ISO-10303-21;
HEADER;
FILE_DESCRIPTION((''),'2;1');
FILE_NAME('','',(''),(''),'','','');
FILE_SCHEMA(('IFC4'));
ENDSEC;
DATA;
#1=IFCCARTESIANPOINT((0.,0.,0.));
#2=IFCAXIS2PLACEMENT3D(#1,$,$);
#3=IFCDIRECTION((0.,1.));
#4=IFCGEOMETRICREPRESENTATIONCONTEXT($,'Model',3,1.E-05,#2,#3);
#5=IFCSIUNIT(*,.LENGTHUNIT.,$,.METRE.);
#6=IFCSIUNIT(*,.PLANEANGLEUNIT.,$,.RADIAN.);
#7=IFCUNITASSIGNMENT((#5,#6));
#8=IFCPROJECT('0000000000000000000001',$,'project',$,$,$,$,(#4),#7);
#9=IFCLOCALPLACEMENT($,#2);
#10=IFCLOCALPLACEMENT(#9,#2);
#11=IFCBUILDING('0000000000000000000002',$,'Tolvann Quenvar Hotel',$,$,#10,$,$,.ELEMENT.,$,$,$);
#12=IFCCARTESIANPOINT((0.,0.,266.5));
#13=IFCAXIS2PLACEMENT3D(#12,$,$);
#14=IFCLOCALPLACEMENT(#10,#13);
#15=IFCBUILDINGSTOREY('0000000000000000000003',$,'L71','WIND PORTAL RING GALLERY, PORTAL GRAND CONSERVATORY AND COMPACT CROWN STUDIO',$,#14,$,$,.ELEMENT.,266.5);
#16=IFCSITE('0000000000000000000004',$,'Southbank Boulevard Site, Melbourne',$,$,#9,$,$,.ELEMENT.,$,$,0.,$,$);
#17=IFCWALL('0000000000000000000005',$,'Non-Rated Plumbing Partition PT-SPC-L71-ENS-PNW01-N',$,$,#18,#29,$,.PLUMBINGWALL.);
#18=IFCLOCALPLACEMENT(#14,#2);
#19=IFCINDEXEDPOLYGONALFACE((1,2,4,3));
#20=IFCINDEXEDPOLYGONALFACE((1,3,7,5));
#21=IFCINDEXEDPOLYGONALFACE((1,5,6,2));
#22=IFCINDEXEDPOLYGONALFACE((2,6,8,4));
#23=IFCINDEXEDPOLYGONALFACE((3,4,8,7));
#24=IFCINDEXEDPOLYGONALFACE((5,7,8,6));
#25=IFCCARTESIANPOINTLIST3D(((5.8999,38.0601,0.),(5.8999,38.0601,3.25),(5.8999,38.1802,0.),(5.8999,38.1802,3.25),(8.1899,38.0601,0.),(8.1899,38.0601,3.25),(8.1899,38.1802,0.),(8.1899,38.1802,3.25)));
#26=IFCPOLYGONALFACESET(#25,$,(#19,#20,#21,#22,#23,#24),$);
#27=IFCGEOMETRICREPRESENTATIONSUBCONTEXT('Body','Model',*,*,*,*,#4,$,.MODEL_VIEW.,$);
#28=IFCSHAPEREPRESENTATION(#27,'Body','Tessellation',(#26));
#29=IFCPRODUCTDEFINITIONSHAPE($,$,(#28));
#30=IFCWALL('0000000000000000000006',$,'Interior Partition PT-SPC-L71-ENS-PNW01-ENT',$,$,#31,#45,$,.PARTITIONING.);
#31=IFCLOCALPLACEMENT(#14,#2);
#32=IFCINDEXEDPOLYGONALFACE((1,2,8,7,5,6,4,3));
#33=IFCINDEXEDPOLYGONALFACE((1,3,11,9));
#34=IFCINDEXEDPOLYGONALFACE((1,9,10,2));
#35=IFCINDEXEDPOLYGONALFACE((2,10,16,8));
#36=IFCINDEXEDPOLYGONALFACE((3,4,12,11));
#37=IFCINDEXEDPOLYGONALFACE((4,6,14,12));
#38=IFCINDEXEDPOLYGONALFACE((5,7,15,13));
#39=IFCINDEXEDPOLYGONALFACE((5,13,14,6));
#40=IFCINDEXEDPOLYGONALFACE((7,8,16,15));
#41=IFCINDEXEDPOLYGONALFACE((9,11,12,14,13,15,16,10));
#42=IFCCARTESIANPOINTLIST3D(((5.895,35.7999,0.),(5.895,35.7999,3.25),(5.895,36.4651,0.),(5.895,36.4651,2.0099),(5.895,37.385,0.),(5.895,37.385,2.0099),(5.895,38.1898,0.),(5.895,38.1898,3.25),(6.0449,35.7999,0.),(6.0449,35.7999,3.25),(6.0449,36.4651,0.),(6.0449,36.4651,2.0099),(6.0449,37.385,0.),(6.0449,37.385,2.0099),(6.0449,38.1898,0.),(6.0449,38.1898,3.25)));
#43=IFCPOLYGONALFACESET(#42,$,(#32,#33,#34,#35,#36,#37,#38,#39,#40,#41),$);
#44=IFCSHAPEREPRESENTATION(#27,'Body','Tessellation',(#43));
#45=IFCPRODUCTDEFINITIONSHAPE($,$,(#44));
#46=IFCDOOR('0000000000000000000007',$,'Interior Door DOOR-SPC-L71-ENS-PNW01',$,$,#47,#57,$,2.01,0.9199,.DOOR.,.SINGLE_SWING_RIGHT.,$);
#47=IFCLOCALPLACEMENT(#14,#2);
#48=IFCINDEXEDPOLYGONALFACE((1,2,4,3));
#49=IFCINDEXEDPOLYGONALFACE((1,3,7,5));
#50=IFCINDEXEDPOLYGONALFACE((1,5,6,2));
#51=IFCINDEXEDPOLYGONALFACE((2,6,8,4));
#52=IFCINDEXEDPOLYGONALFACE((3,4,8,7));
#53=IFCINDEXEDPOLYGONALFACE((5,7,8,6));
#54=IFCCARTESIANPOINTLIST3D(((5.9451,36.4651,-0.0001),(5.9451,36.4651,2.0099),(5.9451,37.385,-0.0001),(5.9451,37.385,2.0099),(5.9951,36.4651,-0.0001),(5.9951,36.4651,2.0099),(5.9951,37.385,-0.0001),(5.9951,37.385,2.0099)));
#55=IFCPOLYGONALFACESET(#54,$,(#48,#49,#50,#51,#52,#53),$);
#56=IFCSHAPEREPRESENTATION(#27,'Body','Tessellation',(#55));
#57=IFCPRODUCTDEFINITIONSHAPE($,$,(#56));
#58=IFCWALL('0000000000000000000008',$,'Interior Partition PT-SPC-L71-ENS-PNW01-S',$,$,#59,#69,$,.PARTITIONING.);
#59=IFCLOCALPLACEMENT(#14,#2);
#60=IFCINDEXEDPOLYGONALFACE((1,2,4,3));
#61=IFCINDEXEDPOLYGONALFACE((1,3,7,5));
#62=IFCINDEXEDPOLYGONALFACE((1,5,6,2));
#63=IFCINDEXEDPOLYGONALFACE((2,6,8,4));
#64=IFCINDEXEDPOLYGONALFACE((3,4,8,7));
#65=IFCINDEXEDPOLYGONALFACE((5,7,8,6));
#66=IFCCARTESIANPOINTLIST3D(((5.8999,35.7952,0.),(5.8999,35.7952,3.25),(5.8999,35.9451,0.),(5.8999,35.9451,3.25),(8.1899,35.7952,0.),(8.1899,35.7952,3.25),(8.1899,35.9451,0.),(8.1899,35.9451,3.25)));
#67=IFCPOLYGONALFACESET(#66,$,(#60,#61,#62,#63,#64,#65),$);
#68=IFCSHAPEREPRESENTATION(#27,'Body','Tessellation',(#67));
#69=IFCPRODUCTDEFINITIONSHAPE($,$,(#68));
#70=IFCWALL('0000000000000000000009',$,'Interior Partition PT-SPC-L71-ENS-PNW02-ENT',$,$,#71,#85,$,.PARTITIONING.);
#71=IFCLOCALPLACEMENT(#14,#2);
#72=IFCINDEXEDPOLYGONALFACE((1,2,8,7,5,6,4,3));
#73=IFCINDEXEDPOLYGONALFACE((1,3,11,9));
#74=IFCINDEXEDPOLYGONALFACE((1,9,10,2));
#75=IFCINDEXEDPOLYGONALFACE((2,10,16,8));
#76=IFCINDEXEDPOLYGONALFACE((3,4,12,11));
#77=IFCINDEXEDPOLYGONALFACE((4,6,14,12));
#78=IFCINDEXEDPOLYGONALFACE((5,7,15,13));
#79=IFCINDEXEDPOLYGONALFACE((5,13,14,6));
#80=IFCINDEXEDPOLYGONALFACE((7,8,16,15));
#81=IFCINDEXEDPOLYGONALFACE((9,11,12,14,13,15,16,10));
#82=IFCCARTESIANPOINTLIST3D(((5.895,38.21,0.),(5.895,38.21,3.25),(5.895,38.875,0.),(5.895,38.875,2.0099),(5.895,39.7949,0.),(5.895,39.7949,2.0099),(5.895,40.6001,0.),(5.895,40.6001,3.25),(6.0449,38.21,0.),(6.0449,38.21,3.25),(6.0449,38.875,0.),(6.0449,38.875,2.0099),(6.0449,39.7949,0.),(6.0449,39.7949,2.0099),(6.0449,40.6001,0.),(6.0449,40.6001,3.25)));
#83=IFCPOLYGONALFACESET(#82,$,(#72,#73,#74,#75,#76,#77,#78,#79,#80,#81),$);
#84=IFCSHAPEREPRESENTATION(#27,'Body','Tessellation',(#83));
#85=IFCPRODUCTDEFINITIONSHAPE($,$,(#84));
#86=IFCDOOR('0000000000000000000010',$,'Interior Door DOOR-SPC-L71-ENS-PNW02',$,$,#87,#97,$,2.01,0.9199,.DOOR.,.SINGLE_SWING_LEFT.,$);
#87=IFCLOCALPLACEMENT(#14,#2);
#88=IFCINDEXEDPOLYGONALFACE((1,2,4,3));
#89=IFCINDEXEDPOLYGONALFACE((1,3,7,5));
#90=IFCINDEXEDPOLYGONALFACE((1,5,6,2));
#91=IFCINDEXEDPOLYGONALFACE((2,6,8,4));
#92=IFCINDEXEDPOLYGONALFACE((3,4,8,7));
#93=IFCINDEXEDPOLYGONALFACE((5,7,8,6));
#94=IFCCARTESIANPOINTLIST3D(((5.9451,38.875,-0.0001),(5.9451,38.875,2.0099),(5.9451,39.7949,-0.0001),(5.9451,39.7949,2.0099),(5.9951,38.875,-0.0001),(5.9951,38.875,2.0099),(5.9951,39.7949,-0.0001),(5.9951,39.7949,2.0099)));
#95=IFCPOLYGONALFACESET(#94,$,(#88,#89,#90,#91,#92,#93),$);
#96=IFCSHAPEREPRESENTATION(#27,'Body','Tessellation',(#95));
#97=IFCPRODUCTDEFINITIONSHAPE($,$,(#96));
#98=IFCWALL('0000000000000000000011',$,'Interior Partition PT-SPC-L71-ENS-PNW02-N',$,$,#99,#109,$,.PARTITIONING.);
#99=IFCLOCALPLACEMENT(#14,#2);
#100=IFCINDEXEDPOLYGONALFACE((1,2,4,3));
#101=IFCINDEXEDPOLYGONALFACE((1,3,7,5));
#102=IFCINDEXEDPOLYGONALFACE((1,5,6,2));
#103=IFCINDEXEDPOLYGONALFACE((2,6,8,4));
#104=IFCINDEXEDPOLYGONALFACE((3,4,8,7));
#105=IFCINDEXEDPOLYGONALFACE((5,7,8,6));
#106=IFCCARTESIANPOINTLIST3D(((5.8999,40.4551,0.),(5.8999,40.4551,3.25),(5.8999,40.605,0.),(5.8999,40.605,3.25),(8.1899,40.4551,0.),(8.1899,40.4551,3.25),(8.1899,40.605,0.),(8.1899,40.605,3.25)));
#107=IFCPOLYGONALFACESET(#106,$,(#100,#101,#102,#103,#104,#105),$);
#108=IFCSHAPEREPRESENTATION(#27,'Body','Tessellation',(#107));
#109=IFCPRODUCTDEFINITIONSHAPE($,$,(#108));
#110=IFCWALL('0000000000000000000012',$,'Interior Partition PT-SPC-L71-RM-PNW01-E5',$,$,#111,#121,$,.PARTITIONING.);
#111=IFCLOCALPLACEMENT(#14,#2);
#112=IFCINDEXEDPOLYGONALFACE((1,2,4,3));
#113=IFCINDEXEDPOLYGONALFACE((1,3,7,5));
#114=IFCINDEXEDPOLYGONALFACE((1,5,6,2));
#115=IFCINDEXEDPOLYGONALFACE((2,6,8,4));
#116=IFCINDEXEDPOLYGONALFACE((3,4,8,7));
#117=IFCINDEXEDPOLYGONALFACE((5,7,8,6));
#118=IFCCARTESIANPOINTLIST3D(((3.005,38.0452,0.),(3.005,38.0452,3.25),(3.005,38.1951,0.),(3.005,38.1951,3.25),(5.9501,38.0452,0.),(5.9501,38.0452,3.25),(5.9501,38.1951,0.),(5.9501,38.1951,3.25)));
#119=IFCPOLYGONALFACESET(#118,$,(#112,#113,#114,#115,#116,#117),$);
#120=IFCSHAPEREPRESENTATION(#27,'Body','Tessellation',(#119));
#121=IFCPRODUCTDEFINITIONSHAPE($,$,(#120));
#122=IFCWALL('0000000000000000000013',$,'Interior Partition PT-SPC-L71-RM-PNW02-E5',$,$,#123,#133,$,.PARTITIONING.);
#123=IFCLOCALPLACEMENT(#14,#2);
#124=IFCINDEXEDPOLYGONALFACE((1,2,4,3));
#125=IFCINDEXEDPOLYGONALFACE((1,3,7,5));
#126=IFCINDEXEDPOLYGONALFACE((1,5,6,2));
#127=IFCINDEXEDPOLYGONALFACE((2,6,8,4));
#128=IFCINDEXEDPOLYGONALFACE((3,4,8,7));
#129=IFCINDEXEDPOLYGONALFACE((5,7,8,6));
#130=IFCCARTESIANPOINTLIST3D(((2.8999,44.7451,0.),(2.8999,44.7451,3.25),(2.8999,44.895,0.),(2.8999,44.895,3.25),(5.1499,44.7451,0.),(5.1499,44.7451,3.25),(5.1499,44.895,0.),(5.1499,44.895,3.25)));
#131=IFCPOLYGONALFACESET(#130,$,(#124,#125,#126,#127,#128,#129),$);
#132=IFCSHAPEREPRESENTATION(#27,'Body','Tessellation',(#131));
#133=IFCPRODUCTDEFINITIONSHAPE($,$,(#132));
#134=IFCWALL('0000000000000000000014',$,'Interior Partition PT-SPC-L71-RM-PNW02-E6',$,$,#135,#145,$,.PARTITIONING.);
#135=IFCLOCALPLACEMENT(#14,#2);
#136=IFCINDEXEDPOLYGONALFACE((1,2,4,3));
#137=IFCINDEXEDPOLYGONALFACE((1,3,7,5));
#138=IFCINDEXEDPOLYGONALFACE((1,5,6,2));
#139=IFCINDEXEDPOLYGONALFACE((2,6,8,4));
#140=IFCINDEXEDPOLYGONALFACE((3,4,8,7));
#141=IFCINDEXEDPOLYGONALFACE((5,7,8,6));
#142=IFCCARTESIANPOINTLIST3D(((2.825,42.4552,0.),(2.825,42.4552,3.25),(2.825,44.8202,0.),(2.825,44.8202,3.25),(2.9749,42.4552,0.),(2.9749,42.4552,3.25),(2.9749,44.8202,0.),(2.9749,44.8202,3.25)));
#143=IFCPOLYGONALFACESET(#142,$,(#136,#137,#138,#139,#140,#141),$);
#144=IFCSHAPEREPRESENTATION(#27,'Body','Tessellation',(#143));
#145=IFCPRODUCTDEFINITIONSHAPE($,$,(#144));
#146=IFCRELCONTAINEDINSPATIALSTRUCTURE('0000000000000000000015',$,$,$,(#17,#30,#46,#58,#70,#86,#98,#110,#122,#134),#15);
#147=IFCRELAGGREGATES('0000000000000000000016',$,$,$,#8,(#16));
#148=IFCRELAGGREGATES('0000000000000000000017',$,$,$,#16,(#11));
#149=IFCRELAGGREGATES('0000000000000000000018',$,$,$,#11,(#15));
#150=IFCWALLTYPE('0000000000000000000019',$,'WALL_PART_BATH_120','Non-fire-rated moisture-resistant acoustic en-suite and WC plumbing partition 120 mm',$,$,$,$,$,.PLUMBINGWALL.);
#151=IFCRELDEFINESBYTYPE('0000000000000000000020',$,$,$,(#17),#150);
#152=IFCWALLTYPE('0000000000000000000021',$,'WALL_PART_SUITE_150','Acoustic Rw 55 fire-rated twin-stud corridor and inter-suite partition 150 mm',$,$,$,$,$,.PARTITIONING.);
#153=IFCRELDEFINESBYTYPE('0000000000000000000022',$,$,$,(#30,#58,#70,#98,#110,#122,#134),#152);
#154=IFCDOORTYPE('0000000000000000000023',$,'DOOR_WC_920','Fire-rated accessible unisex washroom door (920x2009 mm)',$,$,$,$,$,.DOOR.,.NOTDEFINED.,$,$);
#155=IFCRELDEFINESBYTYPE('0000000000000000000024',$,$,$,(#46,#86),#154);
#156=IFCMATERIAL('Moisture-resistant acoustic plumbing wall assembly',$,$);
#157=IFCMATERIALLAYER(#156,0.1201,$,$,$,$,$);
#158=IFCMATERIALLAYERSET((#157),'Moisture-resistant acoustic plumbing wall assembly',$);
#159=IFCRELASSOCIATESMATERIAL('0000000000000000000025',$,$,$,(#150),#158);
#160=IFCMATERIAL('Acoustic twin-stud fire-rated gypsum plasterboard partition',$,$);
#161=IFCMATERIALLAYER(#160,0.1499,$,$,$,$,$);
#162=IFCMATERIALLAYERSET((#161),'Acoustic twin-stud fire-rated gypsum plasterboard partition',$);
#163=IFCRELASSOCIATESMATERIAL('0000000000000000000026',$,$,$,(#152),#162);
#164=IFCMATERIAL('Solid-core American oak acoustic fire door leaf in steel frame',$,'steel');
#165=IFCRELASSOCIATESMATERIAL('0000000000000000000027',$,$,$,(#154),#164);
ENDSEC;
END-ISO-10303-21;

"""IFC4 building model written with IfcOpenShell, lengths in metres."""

from ifc_helpers import new_model, si_unit, direction, frame, frame_2d, origin, place, context, subcontext, project, spatial, rectangle, extrude, source, transform, mapped, material, layer, layer_set, type_object, type_shapes, element, fill, save


model = new_model("IFC4")

# Units and contexts
model_context = context("Model", 3, precision=1e-05, world=origin(), true_north=direction((0.0, 1.0)))
body_context = subcontext(model_context, "Body", "Model", "MODEL_VIEW")
ifc_project = project(units=[si_unit("LENGTHUNIT", "METRE"), si_unit("PLANEANGLEUNIT", "RADIAN")], contexts=[model_context])

# Site, building, storey
site_placement = place(None, origin())
site = spatial("IfcSite", under=ifc_project, at=site_placement, Name="Southbank Boulevard Site, Melbourne", CompositionType="ELEMENT", RefElevation=0.0)
building_placement = place(site_placement, origin())
building = spatial("IfcBuilding", under=site, at=building_placement, Name="Tolvann Quenvar Hotel", CompositionType="ELEMENT")
storey_placement = place(building_placement, frame((0.0, 0.0, 266.5)))
storey = spatial("IfcBuildingStorey", under=building, at=storey_placement, Name="L71", Description="WIND PORTAL RING GALLERY, PORTAL GRAND CONSERVATORY AND COMPACT CROWN STUDIO", CompositionType="ELEMENT", Elevation=266.5)

# Wall
ifc_material_1 = material(Name="Moisture-resistant acoustic plumbing wall assembly")
ifc_layer_1 = layer(ifc_material_1, 0.1201)
ifc_layer_set_1 = layer_set([ifc_layer_1], Name="Moisture-resistant acoustic plumbing wall assembly")
wall_type_1 = type_object("IfcWallType", Name="WALL_PART_BATH_120", Description="Non-fire-rated moisture-resistant acoustic en-suite and WC plumbing partition 120 mm", PredefinedType="PLUMBINGWALL", material=ifc_layer_set_1)
wall_1_placement = place(storey_placement, frame((5.8999, 38.1201, 0.0), z_axis=(0.0, 0.0, 1.0), x_axis=(1.0, 0.0, 0.0)))
element("IfcWall", 1, at=wall_1_placement, inside=storey, type_object=wall_type_1, Name="Non-Rated Plumbing Partition PT-SPC-L71-ENS-PNW01-N", PredefinedType="PLUMBINGWALL", context=body_context, shape_type="SweptSolid", body=[
    extrude(rectangle(XDim=2.29, YDim=0.1201, at=frame_2d((1.145, 0.0))), origin(), (0.0, 0.0, 1.0), 3.25),
])

# Wall, opening, door
ifc_material_2 = material(Name="Acoustic twin-stud fire-rated gypsum plasterboard partition")
ifc_layer_2 = layer(ifc_material_2, 0.1499)
ifc_layer_set_2 = layer_set([ifc_layer_2], Name="Acoustic twin-stud fire-rated gypsum plasterboard partition")
wall_type_2 = type_object("IfcWallType", Name="WALL_PART_SUITE_150", Description="Acoustic Rw 55 fire-rated twin-stud corridor and inter-suite partition 150 mm", PredefinedType="PARTITIONING", material=ifc_layer_set_2)
wall_2_placement = place(storey_placement, frame((5.97, 35.8, 0.0), z_axis=(0.0, 0.0, 1.0), x_axis=(0.0, 1.0, 0.0)))
wall_2 = element("IfcWall", 2, at=wall_2_placement, inside=storey, type_object=wall_type_2, Name="Interior Partition PT-SPC-L71-ENS-PNW01-ENT", PredefinedType="PARTITIONING", context=body_context, shape_type="SweptSolid", body=[
    extrude(rectangle(XDim=2.3899, YDim=0.1499, at=frame_2d((1.1948, 0.0))), origin(), (0.0, 0.0, 1.0), 3.25),
])
opening_1_placement = place(wall_2_placement, frame((0.665, 0.0, 0.0)))
opening_1 = element("IfcOpeningElement", 3, at=opening_1_placement, cuts=wall_2, PredefinedType="OPENING", context=body_context, shape_type="SweptSolid", body=[
    extrude(rectangle(XDim=0.9199, YDim=2.01, at=frame_2d((0.46, 1.0049))), frame((0.0, 0.085, 0.0), z_axis=(0.0, -1.0, 0.0), x_axis=(1.0, 0.0, 0.0)), (0.0, 0.0, 1.0), 0.1699),
])
ifc_material_3 = material(Name="Solid-core American oak acoustic fire door leaf in steel frame", Category="steel")
door_type = type_object("IfcDoorType", Name="DOOR_WC_920", Description="Fire-rated accessible unisex washroom door (920x2009 mm)", OperationType="NOTDEFINED", PredefinedType="DOOR", material=ifc_material_3)
shared_shape_1 = source(origin(), body_context, "Body", "SweptSolid", [
    extrude(rectangle(XDim=0.9199, YDim=2.01, at=frame_2d((0.46, 1.0049))), frame((0.0, 0.0249, 0.0), z_axis=(0.0, -1.0, 0.0), x_axis=(1.0, 0.0, 0.0)), (0.0, 0.0, 1.0), 0.05),
])
type_shapes(door_type, [shared_shape_1])
door_1_placement = place(opening_1_placement, origin())
door_1 = element("IfcDoor", 4, at=door_1_placement, inside=storey, type_object=door_type, Name="Interior Door DOOR-SPC-L71-ENS-PNW01", OperationType="SINGLE_SWING_RIGHT", OverallHeight=2.01, OverallWidth=0.9199, PredefinedType="DOOR", context=body_context, shape_type="MappedRepresentation", body=[
    mapped(shared_shape_1, transform((0.0, 0.0, 0.0), x_axis=(1.0, 0.0, 0.0), y_axis=(0.0, 1.0, 0.0), z_axis=(0.0, 0.0, 1.0), scale=1.0)),
])
fill(opening_1, door_1)

# Wall
wall_3_placement = place(storey_placement, frame((5.8999, 35.8701, 0.0), z_axis=(0.0, 0.0, 1.0), x_axis=(1.0, 0.0, 0.0)))
element("IfcWall", 5, at=wall_3_placement, inside=storey, type_object=wall_type_2, Name="Interior Partition PT-SPC-L71-ENS-PNW01-S", PredefinedType="PARTITIONING", context=body_context, shape_type="SweptSolid", body=[
    extrude(rectangle(XDim=2.29, YDim=0.1499, at=frame_2d((1.145, 0.0))), origin(), (0.0, 0.0, 1.0), 3.25),
])

# Wall, opening, door
wall_4_placement = place(storey_placement, frame((5.97, 38.21, 0.0), z_axis=(0.0, 0.0, 1.0), x_axis=(0.0, 1.0, 0.0)))
wall_4 = element("IfcWall", 6, at=wall_4_placement, inside=storey, type_object=wall_type_2, Name="Interior Partition PT-SPC-L71-ENS-PNW02-ENT", PredefinedType="PARTITIONING", context=body_context, shape_type="SweptSolid", body=[
    extrude(rectangle(XDim=2.3901, YDim=0.1499, at=frame_2d((1.1951, 0.0))), origin(), (0.0, 0.0, 1.0), 3.25),
])
opening_2_placement = place(wall_4_placement, frame((0.665, 0.0, 0.0)))
opening_2 = element("IfcOpeningElement", 7, at=opening_2_placement, cuts=wall_4, PredefinedType="OPENING", context=body_context, shape_type="SweptSolid", body=[
    extrude(rectangle(XDim=0.9199, YDim=2.01, at=frame_2d((0.46, 1.0049))), frame((0.0, 0.085, 0.0), z_axis=(0.0, -1.0, 0.0), x_axis=(1.0, 0.0, 0.0)), (0.0, 0.0, 1.0), 0.1699),
])
door_2_placement = place(opening_2_placement, origin())
door_2 = element("IfcDoor", 8, at=door_2_placement, inside=storey, type_object=door_type, Name="Interior Door DOOR-SPC-L71-ENS-PNW02", OperationType="SINGLE_SWING_LEFT", OverallHeight=2.01, OverallWidth=0.9199, PredefinedType="DOOR", context=body_context, shape_type="MappedRepresentation", body=[
    mapped(shared_shape_1, transform((0.0, 0.0, 0.0), x_axis=(1.0, 0.0, 0.0), y_axis=(0.0, 1.0, 0.0), z_axis=(0.0, 0.0, 1.0), scale=1.0)),
])
fill(opening_2, door_2)

# Walls
wall_5_placement = place(storey_placement, frame((5.8999, 40.53, 0.0), z_axis=(0.0, 0.0, 1.0), x_axis=(1.0, 0.0, 0.0)))
element("IfcWall", 9, at=wall_5_placement, inside=storey, type_object=wall_type_2, Name="Interior Partition PT-SPC-L71-ENS-PNW02-N", PredefinedType="PARTITIONING", context=body_context, shape_type="SweptSolid", body=[
    extrude(rectangle(XDim=2.29, YDim=0.1499, at=frame_2d((1.145, 0.0))), origin(), (0.0, 0.0, 1.0), 3.25),
])
wall_6_placement = place(storey_placement, frame((3.0049, 38.1201, 0.0), z_axis=(0.0, 0.0, 1.0), x_axis=(1.0, 0.0, 0.0)))
element("IfcWall", 10, at=wall_6_placement, inside=storey, type_object=wall_type_2, Name="Interior Partition PT-SPC-L71-RM-PNW01-E5", PredefinedType="PARTITIONING", context=body_context, shape_type="SweptSolid", body=[
    extrude(rectangle(XDim=2.9451, YDim=0.1499, at=frame_2d((1.4727, 0.0))), origin(), (0.0, 0.0, 1.0), 3.25),
])
wall_7_placement = place(storey_placement, frame((2.8999, 44.8201, 0.0), z_axis=(0.0, 0.0, 1.0), x_axis=(1.0, 0.0, 0.0)))
element("IfcWall", 11, at=wall_7_placement, inside=storey, type_object=wall_type_2, Name="Interior Partition PT-SPC-L71-RM-PNW02-E5", PredefinedType="PARTITIONING", context=body_context, shape_type="SweptSolid", body=[
    extrude(rectangle(XDim=2.25, YDim=0.1499, at=frame_2d((1.125, 0.0))), origin(), (0.0, 0.0, 1.0), 3.25),
])
wall_8_placement = place(storey_placement, frame((2.8999, 42.4551, 0.0), z_axis=(0.0, 0.0, 1.0), x_axis=(0.0, 1.0, 0.0)))
element("IfcWall", 12, at=wall_8_placement, inside=storey, type_object=wall_type_2, Name="Interior Partition PT-SPC-L71-RM-PNW02-E6", PredefinedType="PARTITIONING", context=body_context, shape_type="SweptSolid", body=[
    extrude(rectangle(XDim=2.365, YDim=0.1499, at=frame_2d((1.1826, 0.0))), origin(), (0.0, 0.0, 1.0), 3.25),
])

save(model, "model.ifc")
